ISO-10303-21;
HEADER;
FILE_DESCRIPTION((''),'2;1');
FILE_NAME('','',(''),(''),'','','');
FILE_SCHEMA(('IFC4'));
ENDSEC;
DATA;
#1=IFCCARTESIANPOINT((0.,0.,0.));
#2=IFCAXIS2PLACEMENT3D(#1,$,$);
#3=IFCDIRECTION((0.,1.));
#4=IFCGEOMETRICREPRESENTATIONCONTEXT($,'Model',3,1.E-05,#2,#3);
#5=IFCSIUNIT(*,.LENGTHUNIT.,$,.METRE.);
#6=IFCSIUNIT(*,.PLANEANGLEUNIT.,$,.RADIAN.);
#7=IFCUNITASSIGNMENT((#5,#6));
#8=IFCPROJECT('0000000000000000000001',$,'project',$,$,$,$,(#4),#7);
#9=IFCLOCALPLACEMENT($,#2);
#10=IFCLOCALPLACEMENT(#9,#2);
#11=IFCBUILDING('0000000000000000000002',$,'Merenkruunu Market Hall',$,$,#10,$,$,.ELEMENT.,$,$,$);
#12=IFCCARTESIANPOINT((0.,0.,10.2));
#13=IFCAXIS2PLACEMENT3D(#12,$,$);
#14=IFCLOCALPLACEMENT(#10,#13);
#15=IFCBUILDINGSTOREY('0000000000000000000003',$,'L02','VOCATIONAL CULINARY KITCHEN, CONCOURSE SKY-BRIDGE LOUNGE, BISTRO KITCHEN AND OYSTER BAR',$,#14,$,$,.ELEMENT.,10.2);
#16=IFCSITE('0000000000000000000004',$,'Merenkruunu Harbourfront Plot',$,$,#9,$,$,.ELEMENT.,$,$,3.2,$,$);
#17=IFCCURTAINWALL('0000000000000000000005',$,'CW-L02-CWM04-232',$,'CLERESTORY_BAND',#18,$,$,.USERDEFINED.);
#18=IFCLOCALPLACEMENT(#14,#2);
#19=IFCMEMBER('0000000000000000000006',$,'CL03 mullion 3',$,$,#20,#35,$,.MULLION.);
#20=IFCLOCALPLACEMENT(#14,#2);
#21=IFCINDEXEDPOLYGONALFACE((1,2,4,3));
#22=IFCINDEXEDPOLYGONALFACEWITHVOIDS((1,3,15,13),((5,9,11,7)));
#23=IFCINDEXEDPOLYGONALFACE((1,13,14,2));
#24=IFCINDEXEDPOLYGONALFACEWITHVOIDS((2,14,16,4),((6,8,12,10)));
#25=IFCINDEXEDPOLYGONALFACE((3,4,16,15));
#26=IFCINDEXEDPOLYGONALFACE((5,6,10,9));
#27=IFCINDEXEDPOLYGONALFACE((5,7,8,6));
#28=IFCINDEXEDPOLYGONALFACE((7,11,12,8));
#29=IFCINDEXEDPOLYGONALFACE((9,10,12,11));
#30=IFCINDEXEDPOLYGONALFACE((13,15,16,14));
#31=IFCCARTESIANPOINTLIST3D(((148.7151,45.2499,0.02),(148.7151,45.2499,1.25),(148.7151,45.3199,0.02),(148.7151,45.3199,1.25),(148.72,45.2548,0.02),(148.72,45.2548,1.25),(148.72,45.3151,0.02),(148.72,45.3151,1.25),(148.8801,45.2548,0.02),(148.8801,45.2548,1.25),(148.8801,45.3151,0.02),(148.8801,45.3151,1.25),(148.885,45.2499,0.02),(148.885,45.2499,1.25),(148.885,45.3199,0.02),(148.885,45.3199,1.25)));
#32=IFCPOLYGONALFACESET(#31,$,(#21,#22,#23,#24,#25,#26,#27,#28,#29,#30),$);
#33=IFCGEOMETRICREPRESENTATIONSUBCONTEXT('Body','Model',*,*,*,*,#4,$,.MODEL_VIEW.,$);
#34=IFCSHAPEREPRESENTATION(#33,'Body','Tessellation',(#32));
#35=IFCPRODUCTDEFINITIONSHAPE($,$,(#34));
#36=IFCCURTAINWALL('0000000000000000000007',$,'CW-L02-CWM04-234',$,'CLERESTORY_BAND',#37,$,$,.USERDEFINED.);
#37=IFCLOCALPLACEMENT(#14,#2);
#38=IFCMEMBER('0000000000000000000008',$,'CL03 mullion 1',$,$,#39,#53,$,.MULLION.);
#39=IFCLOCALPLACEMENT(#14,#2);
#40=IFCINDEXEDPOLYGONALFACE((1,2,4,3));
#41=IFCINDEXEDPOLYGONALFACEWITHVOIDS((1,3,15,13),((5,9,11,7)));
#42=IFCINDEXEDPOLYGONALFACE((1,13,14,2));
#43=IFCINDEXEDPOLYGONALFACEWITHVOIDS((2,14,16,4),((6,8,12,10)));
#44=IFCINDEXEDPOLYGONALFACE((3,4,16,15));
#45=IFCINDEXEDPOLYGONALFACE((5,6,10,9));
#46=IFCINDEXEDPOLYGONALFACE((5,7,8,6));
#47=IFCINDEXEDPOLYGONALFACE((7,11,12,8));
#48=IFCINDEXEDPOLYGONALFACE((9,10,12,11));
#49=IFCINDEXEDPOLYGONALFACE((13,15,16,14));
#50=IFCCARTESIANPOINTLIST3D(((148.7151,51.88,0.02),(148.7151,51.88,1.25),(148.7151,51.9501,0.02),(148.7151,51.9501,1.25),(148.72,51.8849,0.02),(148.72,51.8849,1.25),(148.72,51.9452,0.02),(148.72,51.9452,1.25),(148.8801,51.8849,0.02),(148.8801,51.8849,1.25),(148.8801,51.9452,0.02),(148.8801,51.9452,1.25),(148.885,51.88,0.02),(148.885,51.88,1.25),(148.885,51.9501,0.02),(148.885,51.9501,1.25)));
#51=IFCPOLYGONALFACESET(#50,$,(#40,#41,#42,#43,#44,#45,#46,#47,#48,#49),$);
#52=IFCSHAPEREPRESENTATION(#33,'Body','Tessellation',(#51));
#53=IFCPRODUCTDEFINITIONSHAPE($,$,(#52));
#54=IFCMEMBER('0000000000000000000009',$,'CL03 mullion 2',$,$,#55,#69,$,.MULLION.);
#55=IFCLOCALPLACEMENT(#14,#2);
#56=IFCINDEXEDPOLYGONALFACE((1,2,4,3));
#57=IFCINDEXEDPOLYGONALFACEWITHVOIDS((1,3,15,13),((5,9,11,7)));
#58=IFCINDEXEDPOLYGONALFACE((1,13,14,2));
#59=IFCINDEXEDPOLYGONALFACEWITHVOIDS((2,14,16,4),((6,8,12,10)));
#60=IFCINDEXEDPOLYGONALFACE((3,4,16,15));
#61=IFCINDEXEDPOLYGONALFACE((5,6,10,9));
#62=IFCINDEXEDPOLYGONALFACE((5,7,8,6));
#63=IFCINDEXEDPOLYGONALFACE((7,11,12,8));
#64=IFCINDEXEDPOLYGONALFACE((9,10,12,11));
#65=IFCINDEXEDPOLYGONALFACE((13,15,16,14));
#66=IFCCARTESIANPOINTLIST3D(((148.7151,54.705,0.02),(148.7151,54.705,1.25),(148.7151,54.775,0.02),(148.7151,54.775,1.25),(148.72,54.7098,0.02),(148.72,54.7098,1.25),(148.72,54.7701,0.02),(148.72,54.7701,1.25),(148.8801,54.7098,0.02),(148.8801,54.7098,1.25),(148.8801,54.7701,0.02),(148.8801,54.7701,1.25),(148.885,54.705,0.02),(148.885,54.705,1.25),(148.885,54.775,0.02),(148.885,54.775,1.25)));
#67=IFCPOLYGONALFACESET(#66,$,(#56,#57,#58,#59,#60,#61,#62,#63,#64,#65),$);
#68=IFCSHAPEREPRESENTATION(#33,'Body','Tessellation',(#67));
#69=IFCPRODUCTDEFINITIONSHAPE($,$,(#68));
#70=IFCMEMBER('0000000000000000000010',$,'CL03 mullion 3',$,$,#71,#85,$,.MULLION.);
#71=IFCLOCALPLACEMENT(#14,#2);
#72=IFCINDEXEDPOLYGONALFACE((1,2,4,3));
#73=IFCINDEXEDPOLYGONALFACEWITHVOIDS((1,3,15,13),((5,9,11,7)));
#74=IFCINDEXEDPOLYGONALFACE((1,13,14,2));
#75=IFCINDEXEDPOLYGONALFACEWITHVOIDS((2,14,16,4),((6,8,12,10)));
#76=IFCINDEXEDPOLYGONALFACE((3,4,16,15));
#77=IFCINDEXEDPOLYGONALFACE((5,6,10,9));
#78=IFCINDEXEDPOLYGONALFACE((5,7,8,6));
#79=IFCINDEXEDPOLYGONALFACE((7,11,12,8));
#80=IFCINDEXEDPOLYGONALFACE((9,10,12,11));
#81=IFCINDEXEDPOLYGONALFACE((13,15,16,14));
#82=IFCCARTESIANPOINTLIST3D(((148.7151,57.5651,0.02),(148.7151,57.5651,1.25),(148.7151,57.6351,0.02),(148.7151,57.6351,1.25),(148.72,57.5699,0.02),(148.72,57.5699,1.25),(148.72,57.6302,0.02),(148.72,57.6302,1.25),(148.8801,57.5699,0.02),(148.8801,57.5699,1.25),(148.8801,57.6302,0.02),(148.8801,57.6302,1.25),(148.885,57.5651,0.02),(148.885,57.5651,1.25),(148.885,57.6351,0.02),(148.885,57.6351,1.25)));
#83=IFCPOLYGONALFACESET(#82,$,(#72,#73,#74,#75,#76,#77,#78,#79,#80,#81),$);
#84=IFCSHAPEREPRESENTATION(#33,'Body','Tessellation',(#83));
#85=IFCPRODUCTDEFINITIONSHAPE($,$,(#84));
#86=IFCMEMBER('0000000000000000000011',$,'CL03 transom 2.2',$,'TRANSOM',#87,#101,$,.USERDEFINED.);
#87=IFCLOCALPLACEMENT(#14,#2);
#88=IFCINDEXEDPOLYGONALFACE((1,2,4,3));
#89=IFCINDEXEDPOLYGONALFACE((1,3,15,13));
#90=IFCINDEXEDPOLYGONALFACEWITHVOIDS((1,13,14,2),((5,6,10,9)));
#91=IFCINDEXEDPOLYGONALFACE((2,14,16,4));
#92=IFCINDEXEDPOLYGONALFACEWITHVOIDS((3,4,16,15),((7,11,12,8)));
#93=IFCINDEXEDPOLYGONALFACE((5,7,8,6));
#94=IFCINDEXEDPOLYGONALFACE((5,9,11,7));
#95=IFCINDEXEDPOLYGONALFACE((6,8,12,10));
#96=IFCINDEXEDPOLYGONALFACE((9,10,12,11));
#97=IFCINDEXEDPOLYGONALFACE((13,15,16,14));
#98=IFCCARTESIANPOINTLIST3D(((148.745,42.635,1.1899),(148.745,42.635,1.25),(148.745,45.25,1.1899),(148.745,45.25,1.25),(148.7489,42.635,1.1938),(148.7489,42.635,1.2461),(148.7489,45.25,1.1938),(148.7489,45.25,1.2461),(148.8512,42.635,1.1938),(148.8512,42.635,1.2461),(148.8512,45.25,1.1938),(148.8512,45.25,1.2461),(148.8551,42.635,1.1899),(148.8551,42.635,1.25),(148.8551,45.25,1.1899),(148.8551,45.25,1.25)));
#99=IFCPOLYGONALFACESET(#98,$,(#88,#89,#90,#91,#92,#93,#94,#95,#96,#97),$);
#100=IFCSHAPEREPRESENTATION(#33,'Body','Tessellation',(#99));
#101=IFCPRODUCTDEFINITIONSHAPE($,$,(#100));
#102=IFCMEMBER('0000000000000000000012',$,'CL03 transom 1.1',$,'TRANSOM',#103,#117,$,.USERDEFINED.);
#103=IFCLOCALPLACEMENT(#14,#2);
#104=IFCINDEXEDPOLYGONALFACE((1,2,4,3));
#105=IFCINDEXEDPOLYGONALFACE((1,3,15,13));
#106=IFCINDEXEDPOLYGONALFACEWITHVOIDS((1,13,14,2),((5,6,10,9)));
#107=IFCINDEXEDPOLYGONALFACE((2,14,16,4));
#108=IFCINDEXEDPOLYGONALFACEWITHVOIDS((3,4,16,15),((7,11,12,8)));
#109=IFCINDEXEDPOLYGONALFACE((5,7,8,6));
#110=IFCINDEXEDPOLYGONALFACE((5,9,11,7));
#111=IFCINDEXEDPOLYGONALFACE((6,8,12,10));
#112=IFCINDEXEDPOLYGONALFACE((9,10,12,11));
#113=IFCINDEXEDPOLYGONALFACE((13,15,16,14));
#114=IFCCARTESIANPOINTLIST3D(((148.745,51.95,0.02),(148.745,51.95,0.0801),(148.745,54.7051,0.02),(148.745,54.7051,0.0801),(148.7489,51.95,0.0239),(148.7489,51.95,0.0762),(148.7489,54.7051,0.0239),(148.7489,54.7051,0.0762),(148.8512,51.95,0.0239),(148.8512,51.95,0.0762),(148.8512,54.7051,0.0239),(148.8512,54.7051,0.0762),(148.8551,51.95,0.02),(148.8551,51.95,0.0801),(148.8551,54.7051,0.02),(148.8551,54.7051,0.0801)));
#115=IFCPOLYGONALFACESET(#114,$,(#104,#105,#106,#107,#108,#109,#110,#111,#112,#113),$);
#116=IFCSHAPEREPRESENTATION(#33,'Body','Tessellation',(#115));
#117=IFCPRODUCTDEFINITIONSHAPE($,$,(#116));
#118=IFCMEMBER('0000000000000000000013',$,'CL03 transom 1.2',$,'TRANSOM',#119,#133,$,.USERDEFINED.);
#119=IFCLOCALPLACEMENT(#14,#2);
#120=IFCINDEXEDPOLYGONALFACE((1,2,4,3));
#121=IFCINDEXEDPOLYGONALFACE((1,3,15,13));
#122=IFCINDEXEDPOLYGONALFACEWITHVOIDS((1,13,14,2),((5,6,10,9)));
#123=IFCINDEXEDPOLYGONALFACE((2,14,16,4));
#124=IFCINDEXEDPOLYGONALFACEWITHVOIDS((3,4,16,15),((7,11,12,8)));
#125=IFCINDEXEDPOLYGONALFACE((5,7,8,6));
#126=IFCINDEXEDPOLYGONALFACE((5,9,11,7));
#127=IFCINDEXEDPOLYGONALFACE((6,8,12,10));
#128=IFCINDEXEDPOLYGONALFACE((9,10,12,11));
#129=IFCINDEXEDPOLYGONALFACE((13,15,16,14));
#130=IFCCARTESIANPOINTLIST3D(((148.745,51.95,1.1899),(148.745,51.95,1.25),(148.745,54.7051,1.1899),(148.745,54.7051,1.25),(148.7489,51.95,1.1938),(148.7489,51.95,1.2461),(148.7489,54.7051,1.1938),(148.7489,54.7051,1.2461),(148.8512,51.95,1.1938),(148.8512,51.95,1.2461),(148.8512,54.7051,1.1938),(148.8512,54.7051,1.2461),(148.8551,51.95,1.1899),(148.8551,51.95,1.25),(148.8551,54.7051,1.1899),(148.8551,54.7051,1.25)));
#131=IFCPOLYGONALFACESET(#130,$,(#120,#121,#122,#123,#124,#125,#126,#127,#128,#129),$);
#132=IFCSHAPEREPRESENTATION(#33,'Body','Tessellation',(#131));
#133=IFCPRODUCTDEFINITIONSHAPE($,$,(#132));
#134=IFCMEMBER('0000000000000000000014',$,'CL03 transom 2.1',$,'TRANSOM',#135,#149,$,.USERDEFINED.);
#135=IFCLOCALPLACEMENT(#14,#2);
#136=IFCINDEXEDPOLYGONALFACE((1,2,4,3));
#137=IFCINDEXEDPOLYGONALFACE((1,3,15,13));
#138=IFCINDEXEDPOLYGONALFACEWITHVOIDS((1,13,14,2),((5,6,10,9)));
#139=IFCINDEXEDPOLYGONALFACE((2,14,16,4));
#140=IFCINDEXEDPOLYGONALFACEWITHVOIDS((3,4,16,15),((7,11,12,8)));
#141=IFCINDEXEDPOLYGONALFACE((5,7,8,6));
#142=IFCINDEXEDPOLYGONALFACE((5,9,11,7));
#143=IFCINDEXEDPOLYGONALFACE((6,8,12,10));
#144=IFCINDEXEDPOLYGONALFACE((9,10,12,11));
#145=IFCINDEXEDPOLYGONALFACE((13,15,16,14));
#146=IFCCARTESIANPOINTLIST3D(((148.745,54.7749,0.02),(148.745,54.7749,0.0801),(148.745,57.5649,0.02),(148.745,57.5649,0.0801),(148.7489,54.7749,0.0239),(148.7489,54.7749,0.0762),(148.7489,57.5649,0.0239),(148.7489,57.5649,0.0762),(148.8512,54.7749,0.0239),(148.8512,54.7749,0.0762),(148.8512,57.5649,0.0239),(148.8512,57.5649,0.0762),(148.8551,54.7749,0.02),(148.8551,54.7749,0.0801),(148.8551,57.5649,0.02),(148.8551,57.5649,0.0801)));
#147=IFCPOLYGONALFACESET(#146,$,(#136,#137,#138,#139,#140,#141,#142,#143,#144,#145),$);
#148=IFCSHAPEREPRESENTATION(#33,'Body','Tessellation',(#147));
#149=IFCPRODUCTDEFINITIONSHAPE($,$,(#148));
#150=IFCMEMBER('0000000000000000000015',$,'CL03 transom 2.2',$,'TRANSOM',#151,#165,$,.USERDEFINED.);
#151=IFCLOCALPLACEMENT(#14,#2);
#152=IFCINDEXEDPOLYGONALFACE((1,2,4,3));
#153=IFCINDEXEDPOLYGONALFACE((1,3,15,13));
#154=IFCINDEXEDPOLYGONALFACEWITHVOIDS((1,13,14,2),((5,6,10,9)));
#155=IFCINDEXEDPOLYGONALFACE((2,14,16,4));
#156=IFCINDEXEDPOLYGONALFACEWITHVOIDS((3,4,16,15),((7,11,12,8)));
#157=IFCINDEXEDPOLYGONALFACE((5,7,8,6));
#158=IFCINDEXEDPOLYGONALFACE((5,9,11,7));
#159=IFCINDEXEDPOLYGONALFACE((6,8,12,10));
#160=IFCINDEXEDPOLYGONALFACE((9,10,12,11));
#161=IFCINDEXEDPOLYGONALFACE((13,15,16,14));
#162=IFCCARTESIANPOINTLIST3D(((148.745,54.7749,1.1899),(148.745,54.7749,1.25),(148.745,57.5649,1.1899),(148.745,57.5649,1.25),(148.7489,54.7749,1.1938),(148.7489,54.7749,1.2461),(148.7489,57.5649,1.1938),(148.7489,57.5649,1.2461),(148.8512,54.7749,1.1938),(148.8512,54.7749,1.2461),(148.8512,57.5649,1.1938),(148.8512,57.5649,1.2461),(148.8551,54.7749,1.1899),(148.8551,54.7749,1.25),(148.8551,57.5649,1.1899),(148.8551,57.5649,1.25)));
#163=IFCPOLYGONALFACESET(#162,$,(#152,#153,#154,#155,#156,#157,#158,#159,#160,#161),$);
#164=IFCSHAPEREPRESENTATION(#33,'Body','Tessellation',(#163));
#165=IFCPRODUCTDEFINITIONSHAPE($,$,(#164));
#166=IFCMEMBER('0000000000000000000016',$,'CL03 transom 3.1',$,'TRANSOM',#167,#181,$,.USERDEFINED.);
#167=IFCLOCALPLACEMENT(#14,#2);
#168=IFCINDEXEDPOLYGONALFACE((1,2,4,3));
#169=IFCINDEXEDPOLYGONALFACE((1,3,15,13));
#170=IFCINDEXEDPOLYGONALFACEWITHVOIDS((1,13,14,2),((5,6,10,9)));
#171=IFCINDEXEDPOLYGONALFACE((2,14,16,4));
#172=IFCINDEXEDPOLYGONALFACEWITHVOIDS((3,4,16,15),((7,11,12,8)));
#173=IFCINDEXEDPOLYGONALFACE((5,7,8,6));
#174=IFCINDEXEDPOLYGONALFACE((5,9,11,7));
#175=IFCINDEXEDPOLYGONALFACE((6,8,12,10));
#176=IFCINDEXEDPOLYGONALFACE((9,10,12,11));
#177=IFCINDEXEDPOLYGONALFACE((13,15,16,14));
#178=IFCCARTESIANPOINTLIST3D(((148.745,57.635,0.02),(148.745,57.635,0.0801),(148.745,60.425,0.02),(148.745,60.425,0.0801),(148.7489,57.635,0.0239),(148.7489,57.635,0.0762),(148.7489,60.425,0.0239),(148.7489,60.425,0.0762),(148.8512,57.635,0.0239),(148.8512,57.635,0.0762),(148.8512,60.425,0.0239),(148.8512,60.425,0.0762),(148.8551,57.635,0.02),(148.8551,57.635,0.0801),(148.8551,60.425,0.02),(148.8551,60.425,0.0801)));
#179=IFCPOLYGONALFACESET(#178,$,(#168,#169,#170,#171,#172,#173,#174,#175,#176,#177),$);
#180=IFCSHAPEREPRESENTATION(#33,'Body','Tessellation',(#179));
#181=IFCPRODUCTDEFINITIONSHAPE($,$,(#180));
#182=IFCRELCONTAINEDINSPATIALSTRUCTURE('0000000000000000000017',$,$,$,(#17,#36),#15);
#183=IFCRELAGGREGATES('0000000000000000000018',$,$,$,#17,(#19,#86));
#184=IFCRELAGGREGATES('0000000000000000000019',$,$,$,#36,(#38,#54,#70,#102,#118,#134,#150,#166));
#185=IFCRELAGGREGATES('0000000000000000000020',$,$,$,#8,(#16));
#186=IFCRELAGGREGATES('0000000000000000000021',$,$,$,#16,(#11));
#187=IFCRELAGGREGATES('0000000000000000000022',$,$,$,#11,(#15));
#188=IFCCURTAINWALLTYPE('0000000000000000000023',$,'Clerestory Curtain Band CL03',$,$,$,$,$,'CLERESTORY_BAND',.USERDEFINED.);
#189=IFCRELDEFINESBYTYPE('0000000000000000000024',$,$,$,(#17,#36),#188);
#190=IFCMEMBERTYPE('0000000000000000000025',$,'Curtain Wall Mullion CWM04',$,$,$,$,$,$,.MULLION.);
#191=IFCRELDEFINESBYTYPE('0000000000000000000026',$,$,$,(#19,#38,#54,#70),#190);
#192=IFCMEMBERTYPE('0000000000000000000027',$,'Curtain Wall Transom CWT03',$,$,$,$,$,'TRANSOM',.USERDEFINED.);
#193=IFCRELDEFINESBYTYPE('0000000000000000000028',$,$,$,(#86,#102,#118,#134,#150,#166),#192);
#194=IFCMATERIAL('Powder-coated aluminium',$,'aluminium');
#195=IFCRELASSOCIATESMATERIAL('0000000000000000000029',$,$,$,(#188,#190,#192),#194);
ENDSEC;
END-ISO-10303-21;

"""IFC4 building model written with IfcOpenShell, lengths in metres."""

from ifc_helpers import new_model, si_unit, direction, frame, origin, origin_2d, place, context, subcontext, project, spatial, hollow_rectangle, extrude, material, material_profile, profile_set, type_object, element, aggregate, save


model = new_model("IFC4")

# Units and contexts
model_context = context("Model", 3, precision=1e-05, world=origin(), true_north=direction((0.0, 1.0)))
body_context = subcontext(model_context, "Body", "Model", "MODEL_VIEW")
ifc_project = project(units=[si_unit("LENGTHUNIT", "METRE"), si_unit("PLANEANGLEUNIT", "RADIAN")], contexts=[model_context])

# Site, building, storey
site_placement = place(None, origin())
site = spatial("IfcSite", under=ifc_project, at=site_placement, Name="Merenkruunu Harbourfront Plot", CompositionType="ELEMENT", RefElevation=3.2)
building_placement = place(site_placement, origin())
building = spatial("IfcBuilding", under=site, at=building_placement, Name="Merenkruunu Market Hall", CompositionType="ELEMENT")
storey_placement = place(building_placement, frame((0.0, 0.0, 10.2)))
storey = spatial("IfcBuildingStorey", under=building, at=storey_placement, Name="L02", Description="VOCATIONAL CULINARY KITCHEN, CONCOURSE SKY-BRIDGE LOUNGE, BISTRO KITCHEN AND OYSTER BAR", CompositionType="ELEMENT", Elevation=10.2)

# Curtain wall, member
ifc_material_1 = material(Name="Powder-coated aluminium", Category="aluminium")
curtain_wall_type = type_object("IfcCurtainWallType", Name="Clerestory Curtain Band CL03", ElementType="CLERESTORY_BAND", PredefinedType="USERDEFINED", material=ifc_material_1)
curtain_wall_1_placement = place(storey_placement, origin())
curtain_wall_1 = element("IfcCurtainWall", 1, at=curtain_wall_1_placement, inside=storey, type_object=curtain_wall_type, Name="CW-L02-CWM04-232", ObjectType="CLERESTORY_BAND", PredefinedType="USERDEFINED")
ifc_material_profile_1 = material_profile(ifc_material_1, hollow_rectangle(XDim=0.0701, YDim=0.1699, WallThickness=0.0049, at=origin_2d()), Name="ALU 70x170x5")
ifc_profile_set_1 = profile_set([ifc_material_profile_1], Name="Powder-coated aluminium")
member_type_1 = type_object("IfcMemberType", Name="Curtain Wall Mullion CWM04", PredefinedType="MULLION", material=ifc_profile_set_1)
member_1_placement = place(storey_placement, frame((148.8, 45.2849, 0.02), z_axis=(0.0, 0.0, 1.0), x_axis=(0.0, 1.0, 0.0)))
member_1 = element("IfcMember", 2, at=member_1_placement, type_object=member_type_1, Name="CL03 mullion 3", PredefinedType="MULLION", context=body_context, shape_type="SweptSolid", body=[
    extrude(hollow_rectangle(XDim=0.0701, YDim=0.1699, WallThickness=0.0049, at=origin_2d()), origin(), (0.0, 0.0, 1.0), 1.23),
])

# Curtain wall, members
curtain_wall_2_placement = place(storey_placement, origin())
curtain_wall_2 = element("IfcCurtainWall", 3, at=curtain_wall_2_placement, inside=storey, type_object=curtain_wall_type, Name="CW-L02-CWM04-234", ObjectType="CLERESTORY_BAND", PredefinedType="USERDEFINED")
member_2_placement = place(storey_placement, frame((148.8, 51.915, 0.02), z_axis=(0.0, 0.0, 1.0), x_axis=(0.0, 1.0, 0.0)))
member_2 = element("IfcMember", 4, at=member_2_placement, type_object=member_type_1, Name="CL03 mullion 1", PredefinedType="MULLION", context=body_context, shape_type="SweptSolid", body=[
    extrude(hollow_rectangle(XDim=0.0701, YDim=0.1699, WallThickness=0.0049, at=origin_2d()), origin(), (0.0, 0.0, 1.0), 1.23),
])
member_3_placement = place(storey_placement, frame((148.8, 54.74, 0.02), z_axis=(0.0, 0.0, 1.0), x_axis=(0.0, 1.0, 0.0)))
member_3 = element("IfcMember", 5, at=member_3_placement, type_object=member_type_1, Name="CL03 mullion 2", PredefinedType="MULLION", context=body_context, shape_type="SweptSolid", body=[
    extrude(hollow_rectangle(XDim=0.0701, YDim=0.1699, WallThickness=0.0049, at=origin_2d()), origin(), (0.0, 0.0, 1.0), 1.23),
])
member_4_placement = place(storey_placement, frame((148.8, 57.6001, 0.02), z_axis=(0.0, 0.0, 1.0), x_axis=(0.0, 1.0, 0.0)))
member_4 = element("IfcMember", 6, at=member_4_placement, type_object=member_type_1, Name="CL03 mullion 3", PredefinedType="MULLION", context=body_context, shape_type="SweptSolid", body=[
    extrude(hollow_rectangle(XDim=0.0701, YDim=0.1699, WallThickness=0.0049, at=origin_2d()), origin(), (0.0, 0.0, 1.0), 1.23),
])

# Members
ifc_material_profile_2 = material_profile(ifc_material_1, hollow_rectangle(XDim=0.0601, YDim=0.1101, WallThickness=0.0039, at=origin_2d()), Name="ALU 60x110x4")
ifc_profile_set_2 = profile_set([ifc_material_profile_2], Name="Powder-coated aluminium")
member_type_2 = type_object("IfcMemberType", Name="Curtain Wall Transom CWT03", ElementType="TRANSOM", PredefinedType="USERDEFINED", material=ifc_profile_set_2)
member_5_placement = place(storey_placement, frame((148.8, 42.635, 1.22), z_axis=(0.0, 1.0, 0.0), x_axis=(0.0, 0.0, 1.0)))
member_5 = element("IfcMember", 7, at=member_5_placement, type_object=member_type_2, Name="CL03 transom 2.2", ObjectType="TRANSOM", PredefinedType="USERDEFINED", context=body_context, shape_type="SweptSolid", body=[
    extrude(hollow_rectangle(XDim=0.0601, YDim=0.1101, WallThickness=0.0039, at=origin_2d()), origin(), (0.0, 0.0, 1.0), 2.615),
])
member_6_placement = place(storey_placement, frame((148.8, 51.95, 0.05), z_axis=(0.0, 1.0, 0.0), x_axis=(0.0, 0.0, 1.0)))
member_6 = element("IfcMember", 8, at=member_6_placement, type_object=member_type_2, Name="CL03 transom 1.1", ObjectType="TRANSOM", PredefinedType="USERDEFINED", context=body_context, shape_type="SweptSolid", body=[
    extrude(hollow_rectangle(XDim=0.0601, YDim=0.1101, WallThickness=0.0039, at=origin_2d()), origin(), (0.0, 0.0, 1.0), 2.7551),
])
member_7_placement = place(storey_placement, frame((148.8, 51.95, 1.22), z_axis=(0.0, 1.0, 0.0), x_axis=(0.0, 0.0, 1.0)))
member_7 = element("IfcMember", 9, at=member_7_placement, type_object=member_type_2, Name="CL03 transom 1.2", ObjectType="TRANSOM", PredefinedType="USERDEFINED", context=body_context, shape_type="SweptSolid", body=[
    extrude(hollow_rectangle(XDim=0.0601, YDim=0.1101, WallThickness=0.0039, at=origin_2d()), origin(), (0.0, 0.0, 1.0), 2.7551),
])
member_8_placement = place(storey_placement, frame((148.8, 54.7749, 0.05), z_axis=(0.0, 1.0, 0.0), x_axis=(0.0, 0.0, 1.0)))
member_8 = element("IfcMember", 10, at=member_8_placement, type_object=member_type_2, Name="CL03 transom 2.1", ObjectType="TRANSOM", PredefinedType="USERDEFINED", context=body_context, shape_type="SweptSolid", body=[
    extrude(hollow_rectangle(XDim=0.0601, YDim=0.1101, WallThickness=0.0039, at=origin_2d()), origin(), (0.0, 0.0, 1.0), 2.79),
])
member_9_placement = place(storey_placement, frame((148.8, 54.7749, 1.22), z_axis=(0.0, 1.0, 0.0), x_axis=(0.0, 0.0, 1.0)))
member_9 = element("IfcMember", 11, at=member_9_placement, type_object=member_type_2, Name="CL03 transom 2.2", ObjectType="TRANSOM", PredefinedType="USERDEFINED", context=body_context, shape_type="SweptSolid", body=[
    extrude(hollow_rectangle(XDim=0.0601, YDim=0.1101, WallThickness=0.0039, at=origin_2d()), origin(), (0.0, 0.0, 1.0), 2.79),
])
member_10_placement = place(storey_placement, frame((148.8, 57.635, 0.05), z_axis=(0.0, 1.0, 0.0), x_axis=(0.0, 0.0, 1.0)))
member_10 = element("IfcMember", 12, at=member_10_placement, type_object=member_type_2, Name="CL03 transom 3.1", ObjectType="TRANSOM", PredefinedType="USERDEFINED", context=body_context, shape_type="SweptSolid", body=[
    extrude(hollow_rectangle(XDim=0.0601, YDim=0.1101, WallThickness=0.0039, at=origin_2d()), origin(), (0.0, 0.0, 1.0), 2.79),
])

aggregate(curtain_wall_1, [member_1, member_5])
aggregate(curtain_wall_2, [member_2, member_3, member_4, member_6, member_7, member_8, member_9, member_10])

save(model, "model.ifc")
